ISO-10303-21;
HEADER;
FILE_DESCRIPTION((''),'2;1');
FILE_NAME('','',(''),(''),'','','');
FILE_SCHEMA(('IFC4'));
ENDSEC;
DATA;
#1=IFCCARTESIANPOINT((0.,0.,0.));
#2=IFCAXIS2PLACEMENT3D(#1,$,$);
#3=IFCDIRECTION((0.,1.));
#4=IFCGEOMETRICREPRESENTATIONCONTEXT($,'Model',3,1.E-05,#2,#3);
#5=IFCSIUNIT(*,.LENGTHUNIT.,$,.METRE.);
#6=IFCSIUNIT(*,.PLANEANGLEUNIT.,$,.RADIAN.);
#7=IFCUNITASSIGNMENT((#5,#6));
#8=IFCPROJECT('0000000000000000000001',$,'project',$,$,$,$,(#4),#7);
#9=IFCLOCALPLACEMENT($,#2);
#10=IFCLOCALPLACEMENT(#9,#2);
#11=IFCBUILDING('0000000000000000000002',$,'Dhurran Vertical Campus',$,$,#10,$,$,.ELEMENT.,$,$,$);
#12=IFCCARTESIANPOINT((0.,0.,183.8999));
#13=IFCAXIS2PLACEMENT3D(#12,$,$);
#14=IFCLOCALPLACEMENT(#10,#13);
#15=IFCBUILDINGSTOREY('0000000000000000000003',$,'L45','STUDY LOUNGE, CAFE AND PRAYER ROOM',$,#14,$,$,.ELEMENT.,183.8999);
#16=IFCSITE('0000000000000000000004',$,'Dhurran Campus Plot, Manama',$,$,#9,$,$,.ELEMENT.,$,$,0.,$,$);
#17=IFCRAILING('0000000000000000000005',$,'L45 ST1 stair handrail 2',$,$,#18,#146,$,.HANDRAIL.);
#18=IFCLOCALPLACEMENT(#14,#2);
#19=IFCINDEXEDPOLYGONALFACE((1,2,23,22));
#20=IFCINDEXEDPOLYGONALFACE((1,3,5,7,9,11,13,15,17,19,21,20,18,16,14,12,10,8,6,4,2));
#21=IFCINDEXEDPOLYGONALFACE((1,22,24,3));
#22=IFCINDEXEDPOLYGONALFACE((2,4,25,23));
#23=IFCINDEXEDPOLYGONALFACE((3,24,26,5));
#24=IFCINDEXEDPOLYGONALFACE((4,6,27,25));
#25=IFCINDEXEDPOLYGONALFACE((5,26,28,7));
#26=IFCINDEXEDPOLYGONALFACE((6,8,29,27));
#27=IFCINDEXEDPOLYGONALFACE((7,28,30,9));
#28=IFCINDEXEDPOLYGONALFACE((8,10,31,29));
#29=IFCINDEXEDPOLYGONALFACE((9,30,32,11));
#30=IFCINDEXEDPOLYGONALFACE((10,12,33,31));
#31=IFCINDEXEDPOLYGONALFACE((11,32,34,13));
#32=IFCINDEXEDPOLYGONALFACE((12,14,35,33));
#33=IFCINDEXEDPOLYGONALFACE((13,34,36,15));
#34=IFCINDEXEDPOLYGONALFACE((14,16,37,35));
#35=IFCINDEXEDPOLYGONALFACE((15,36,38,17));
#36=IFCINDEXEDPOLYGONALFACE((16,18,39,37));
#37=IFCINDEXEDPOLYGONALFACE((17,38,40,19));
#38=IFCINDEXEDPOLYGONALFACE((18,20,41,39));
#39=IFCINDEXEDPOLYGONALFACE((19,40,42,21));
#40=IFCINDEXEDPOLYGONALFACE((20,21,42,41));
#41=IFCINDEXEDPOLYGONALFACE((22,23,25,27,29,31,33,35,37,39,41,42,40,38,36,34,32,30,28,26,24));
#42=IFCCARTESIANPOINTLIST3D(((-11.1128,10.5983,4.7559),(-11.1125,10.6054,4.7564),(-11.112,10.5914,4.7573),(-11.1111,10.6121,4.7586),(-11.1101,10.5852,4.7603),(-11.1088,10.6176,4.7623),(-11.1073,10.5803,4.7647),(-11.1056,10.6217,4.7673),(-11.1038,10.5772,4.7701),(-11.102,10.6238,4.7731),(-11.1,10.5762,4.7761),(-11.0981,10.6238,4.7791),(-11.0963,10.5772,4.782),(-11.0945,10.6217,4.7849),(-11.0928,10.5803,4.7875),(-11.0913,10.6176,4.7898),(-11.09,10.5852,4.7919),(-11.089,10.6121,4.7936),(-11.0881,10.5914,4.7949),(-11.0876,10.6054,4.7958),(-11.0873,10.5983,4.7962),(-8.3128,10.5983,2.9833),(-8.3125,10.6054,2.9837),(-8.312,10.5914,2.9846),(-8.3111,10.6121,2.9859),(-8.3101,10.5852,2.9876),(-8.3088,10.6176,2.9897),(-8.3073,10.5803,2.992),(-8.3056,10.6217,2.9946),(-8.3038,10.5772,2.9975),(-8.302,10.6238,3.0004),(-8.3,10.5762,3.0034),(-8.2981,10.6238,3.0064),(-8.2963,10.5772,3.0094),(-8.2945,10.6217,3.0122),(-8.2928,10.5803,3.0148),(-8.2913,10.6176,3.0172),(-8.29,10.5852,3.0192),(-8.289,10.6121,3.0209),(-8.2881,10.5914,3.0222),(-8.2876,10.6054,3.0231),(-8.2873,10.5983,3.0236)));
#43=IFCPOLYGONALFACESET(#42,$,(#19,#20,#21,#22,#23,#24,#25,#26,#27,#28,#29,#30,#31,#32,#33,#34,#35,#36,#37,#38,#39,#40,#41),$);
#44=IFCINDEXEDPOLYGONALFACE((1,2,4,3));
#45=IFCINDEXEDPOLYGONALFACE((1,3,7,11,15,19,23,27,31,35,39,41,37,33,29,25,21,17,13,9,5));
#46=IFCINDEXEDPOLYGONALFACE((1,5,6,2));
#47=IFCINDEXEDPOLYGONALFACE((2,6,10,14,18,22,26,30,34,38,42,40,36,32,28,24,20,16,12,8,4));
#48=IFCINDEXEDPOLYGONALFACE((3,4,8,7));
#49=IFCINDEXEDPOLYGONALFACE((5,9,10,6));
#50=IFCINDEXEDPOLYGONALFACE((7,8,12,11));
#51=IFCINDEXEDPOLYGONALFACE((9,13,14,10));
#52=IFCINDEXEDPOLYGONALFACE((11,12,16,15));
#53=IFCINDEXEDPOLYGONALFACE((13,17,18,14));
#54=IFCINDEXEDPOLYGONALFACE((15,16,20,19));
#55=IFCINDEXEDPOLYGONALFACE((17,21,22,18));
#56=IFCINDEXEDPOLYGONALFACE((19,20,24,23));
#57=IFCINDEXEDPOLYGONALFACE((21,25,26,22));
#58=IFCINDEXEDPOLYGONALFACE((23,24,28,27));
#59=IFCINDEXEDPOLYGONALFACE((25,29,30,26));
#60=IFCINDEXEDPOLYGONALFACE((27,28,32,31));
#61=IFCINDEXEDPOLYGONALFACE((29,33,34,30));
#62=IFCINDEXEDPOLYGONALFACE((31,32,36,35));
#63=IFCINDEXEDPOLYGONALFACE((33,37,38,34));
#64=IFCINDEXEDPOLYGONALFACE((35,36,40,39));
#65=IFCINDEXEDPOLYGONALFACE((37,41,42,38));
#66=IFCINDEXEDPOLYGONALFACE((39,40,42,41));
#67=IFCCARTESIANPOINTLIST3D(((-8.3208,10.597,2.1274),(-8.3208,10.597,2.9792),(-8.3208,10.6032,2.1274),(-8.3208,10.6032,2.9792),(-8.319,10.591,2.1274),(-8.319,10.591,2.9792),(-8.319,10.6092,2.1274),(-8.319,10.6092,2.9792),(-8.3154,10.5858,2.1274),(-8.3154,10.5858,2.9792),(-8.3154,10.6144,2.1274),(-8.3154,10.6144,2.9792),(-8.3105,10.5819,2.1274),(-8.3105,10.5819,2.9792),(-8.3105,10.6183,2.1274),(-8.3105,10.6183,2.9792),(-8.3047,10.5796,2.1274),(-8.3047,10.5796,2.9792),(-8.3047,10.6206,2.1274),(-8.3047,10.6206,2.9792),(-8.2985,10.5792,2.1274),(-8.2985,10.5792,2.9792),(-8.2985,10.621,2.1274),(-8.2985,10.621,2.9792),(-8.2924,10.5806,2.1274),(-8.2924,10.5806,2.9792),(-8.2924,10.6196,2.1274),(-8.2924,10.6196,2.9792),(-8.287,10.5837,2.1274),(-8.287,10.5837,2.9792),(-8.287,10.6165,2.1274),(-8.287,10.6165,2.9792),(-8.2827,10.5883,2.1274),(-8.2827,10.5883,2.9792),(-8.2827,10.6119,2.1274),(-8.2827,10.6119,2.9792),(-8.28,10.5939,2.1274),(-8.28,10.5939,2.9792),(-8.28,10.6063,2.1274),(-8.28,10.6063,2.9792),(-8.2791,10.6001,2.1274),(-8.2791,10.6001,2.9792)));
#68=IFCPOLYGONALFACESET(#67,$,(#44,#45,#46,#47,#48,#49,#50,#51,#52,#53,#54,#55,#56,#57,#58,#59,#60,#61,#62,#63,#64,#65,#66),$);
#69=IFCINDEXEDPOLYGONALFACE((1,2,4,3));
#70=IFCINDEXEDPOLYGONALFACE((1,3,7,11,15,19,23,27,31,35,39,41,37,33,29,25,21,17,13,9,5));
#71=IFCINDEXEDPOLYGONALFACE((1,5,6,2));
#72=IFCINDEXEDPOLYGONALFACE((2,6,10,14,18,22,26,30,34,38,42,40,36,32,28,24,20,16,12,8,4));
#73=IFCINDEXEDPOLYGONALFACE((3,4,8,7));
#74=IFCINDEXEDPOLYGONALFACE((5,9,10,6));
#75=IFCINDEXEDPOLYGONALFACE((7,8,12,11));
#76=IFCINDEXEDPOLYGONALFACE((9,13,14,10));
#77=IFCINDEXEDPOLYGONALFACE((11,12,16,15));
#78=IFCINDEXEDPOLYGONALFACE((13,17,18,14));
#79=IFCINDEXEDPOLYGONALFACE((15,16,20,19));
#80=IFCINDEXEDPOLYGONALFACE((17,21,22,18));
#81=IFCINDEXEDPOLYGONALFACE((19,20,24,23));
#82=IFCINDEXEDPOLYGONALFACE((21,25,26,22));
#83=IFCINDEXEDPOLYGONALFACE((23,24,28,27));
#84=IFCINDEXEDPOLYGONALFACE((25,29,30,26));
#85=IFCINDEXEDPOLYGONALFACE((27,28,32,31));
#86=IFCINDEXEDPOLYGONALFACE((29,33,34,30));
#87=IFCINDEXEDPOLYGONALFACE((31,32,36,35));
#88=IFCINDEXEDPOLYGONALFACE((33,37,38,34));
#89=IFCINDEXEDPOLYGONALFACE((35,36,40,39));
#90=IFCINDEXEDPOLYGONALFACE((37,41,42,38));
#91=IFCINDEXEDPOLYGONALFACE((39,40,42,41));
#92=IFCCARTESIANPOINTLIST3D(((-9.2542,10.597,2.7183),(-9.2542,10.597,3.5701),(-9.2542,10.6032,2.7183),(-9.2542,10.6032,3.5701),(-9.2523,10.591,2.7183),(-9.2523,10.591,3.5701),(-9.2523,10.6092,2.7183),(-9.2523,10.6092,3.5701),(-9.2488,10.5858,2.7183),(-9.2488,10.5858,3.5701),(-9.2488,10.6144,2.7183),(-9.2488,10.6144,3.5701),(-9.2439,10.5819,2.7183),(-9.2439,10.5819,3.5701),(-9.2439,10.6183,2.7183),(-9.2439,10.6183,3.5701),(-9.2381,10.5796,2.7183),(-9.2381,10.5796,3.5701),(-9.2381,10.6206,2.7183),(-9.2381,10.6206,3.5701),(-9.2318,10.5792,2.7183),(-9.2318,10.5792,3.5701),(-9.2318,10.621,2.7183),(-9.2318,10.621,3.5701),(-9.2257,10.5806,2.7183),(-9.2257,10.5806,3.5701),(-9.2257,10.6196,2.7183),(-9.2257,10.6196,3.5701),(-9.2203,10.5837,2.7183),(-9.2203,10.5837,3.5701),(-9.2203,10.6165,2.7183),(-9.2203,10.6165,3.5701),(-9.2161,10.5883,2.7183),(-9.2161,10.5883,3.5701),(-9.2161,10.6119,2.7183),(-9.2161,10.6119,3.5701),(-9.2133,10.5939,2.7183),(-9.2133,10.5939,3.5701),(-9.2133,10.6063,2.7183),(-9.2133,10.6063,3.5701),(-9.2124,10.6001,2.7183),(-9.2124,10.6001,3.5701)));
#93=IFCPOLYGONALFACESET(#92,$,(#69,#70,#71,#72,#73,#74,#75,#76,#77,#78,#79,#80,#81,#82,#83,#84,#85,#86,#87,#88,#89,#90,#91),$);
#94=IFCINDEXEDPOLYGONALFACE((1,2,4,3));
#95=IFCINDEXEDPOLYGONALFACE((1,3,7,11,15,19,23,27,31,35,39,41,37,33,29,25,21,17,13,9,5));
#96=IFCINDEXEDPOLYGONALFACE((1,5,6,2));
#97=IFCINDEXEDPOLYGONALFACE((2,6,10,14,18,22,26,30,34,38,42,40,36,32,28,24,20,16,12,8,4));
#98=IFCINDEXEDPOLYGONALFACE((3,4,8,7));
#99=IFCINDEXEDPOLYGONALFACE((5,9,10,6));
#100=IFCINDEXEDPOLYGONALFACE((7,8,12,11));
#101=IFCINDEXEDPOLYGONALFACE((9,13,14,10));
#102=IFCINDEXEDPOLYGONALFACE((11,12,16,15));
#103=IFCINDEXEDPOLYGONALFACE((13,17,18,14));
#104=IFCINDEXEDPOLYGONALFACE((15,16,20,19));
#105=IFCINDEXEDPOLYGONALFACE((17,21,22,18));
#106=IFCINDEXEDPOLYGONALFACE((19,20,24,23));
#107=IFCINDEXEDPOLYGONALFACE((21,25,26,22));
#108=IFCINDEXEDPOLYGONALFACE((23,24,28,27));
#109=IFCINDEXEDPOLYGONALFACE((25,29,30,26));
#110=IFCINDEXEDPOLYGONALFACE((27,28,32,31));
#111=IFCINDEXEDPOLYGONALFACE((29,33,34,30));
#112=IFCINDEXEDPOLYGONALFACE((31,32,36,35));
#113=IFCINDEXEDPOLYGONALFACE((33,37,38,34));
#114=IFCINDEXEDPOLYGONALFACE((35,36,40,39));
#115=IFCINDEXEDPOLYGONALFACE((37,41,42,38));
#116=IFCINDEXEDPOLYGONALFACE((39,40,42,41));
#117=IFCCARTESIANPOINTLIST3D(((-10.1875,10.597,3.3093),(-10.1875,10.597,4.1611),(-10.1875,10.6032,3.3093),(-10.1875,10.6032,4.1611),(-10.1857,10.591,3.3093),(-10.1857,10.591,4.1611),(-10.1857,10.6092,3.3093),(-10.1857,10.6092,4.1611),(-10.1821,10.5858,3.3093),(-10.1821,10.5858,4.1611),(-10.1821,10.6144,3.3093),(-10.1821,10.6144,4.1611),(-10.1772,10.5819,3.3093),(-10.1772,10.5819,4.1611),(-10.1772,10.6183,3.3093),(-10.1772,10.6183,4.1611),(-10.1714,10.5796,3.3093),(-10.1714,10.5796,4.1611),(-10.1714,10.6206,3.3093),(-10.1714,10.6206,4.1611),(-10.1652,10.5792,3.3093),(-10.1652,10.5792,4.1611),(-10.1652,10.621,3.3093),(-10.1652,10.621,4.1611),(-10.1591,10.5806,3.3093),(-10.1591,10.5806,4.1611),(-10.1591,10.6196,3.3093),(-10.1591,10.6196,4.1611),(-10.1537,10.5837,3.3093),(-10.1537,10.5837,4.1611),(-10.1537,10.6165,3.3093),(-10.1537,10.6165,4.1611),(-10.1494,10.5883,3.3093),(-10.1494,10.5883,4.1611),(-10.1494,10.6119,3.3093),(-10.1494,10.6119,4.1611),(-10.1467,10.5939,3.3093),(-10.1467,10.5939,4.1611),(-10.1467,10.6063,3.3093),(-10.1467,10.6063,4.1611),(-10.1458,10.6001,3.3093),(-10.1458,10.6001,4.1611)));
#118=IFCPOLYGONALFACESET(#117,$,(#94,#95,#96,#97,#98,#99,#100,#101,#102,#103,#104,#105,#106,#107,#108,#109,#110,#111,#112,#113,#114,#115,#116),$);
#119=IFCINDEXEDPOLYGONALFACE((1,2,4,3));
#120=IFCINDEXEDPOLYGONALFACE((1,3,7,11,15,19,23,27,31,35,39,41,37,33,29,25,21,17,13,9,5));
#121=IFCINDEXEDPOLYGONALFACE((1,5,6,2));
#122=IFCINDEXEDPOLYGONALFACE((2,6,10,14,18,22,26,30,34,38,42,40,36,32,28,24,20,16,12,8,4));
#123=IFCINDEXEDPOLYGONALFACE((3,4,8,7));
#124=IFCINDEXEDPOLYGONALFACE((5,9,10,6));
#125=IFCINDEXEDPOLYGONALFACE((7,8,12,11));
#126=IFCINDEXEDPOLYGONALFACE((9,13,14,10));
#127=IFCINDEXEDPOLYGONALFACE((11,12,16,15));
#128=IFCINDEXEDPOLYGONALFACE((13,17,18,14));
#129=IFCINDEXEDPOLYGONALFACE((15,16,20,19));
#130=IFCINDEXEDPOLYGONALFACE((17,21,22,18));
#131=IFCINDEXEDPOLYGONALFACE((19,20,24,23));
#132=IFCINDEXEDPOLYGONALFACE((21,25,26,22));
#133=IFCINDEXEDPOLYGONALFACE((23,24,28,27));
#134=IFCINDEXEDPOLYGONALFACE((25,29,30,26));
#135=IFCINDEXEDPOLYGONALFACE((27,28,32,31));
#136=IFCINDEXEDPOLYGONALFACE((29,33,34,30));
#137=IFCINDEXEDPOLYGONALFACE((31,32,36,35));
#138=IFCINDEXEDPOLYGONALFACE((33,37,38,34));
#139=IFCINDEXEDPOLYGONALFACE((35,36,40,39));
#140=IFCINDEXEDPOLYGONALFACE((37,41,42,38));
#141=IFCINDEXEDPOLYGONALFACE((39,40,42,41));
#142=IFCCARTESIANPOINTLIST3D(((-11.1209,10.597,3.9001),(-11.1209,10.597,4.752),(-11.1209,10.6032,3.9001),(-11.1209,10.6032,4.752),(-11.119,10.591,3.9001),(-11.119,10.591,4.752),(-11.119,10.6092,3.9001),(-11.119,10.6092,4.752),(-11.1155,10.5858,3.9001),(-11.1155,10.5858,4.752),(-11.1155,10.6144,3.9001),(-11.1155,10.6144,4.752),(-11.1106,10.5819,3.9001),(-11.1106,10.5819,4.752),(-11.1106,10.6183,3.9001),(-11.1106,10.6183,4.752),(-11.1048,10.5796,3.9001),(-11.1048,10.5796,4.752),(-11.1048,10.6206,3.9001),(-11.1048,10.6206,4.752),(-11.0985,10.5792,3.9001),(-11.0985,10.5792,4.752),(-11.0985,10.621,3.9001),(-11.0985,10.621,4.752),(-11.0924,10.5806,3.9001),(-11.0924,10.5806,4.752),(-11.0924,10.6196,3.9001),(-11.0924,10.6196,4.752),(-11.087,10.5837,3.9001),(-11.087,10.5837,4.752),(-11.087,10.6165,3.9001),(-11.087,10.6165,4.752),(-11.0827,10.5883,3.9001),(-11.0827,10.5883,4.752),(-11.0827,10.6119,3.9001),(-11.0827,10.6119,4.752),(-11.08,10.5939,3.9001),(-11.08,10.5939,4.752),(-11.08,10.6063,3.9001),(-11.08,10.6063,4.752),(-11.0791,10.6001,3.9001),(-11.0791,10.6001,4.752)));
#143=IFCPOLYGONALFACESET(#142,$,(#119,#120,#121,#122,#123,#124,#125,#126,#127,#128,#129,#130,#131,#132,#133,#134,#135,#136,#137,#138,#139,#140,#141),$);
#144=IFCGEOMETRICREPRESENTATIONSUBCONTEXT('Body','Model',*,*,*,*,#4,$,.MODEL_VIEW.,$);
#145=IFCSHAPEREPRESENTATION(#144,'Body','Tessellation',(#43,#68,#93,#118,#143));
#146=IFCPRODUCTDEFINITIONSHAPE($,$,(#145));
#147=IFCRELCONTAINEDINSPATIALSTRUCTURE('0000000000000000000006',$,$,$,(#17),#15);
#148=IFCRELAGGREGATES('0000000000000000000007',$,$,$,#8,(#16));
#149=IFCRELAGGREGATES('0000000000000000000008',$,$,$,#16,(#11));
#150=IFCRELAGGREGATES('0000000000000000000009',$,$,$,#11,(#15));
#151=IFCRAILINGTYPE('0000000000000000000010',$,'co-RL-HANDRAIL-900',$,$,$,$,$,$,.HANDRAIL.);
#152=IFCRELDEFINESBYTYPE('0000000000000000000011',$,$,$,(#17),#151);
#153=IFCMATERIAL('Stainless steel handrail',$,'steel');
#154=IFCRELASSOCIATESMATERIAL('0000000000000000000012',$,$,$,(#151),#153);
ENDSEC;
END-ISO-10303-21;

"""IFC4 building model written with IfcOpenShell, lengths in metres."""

from ifc_helpers import new_model, si_unit, direction, frame, origin, origin_2d, place, context, subcontext, project, spatial, circle, extrude, material, type_object, element, save


model = new_model("IFC4")

# Units and contexts
model_context = context("Model", 3, precision=1e-05, world=origin(), true_north=direction((0.0, 1.0)))
body_context = subcontext(model_context, "Body", "Model", "MODEL_VIEW")
ifc_project = project(units=[si_unit("LENGTHUNIT", "METRE"), si_unit("PLANEANGLEUNIT", "RADIAN")], contexts=[model_context])

# Site, building, storey
site_placement = place(None, origin())
site = spatial("IfcSite", under=ifc_project, at=site_placement, Name="Dhurran Campus Plot, Manama", CompositionType="ELEMENT", RefElevation=0.0)
building_placement = place(site_placement, origin())
building = spatial("IfcBuilding", under=site, at=building_placement, Name="Dhurran Vertical Campus", CompositionType="ELEMENT")
storey_placement = place(building_placement, frame((0.0, 0.0, 183.8999)))
storey = spatial("IfcBuildingStorey", under=building, at=storey_placement, Name="L45", Description="STUDY LOUNGE, CAFE AND PRAYER ROOM", CompositionType="ELEMENT", Elevation=183.8999)

# Railing
ifc_material_1 = material(Name="Stainless steel handrail", Category="steel")
railing_type_1 = type_object("IfcRailingType", Name="co-RL-HANDRAIL-900", PredefinedType="HANDRAIL", material=ifc_material_1)
railing_1_placement = place(storey_placement, frame((-8.3, 10.6001, 2.1274)))
element("IfcRailing", 1, at=railing_1_placement, inside=storey, type_object=railing_type_1, Name="L45 ST1 stair handrail 2", PredefinedType="HANDRAIL", context=body_context, shape_type="SweptSolid", body=[
    extrude(circle(Radius=0.0239, at=origin_2d()), frame((0.0, 0.0, 0.876), z_axis=(-0.844909, 0.0, 0.53491), x_axis=(0.0, -1.0, 0.0)), (0.0, 0.0, 1.0), 3.314),
    extrude(circle(Radius=0.021, at=origin_2d()), origin(), (0.0, 0.0, 1.0), 0.8518),
    extrude(circle(Radius=0.021, at=origin_2d()), frame((-0.9333, 0.0, 0.5908)), (0.0, 0.0, 1.0), 0.8518),
    extrude(circle(Radius=0.021, at=origin_2d()), frame((-1.8667, 0.0, 1.1819)), (0.0, 0.0, 1.0), 0.8518),
    extrude(circle(Radius=0.021, at=origin_2d()), frame((-2.8, 0.0, 1.7727)), (0.0, 0.0, 1.0), 0.8518),
])

save(model, "model.ifc")
